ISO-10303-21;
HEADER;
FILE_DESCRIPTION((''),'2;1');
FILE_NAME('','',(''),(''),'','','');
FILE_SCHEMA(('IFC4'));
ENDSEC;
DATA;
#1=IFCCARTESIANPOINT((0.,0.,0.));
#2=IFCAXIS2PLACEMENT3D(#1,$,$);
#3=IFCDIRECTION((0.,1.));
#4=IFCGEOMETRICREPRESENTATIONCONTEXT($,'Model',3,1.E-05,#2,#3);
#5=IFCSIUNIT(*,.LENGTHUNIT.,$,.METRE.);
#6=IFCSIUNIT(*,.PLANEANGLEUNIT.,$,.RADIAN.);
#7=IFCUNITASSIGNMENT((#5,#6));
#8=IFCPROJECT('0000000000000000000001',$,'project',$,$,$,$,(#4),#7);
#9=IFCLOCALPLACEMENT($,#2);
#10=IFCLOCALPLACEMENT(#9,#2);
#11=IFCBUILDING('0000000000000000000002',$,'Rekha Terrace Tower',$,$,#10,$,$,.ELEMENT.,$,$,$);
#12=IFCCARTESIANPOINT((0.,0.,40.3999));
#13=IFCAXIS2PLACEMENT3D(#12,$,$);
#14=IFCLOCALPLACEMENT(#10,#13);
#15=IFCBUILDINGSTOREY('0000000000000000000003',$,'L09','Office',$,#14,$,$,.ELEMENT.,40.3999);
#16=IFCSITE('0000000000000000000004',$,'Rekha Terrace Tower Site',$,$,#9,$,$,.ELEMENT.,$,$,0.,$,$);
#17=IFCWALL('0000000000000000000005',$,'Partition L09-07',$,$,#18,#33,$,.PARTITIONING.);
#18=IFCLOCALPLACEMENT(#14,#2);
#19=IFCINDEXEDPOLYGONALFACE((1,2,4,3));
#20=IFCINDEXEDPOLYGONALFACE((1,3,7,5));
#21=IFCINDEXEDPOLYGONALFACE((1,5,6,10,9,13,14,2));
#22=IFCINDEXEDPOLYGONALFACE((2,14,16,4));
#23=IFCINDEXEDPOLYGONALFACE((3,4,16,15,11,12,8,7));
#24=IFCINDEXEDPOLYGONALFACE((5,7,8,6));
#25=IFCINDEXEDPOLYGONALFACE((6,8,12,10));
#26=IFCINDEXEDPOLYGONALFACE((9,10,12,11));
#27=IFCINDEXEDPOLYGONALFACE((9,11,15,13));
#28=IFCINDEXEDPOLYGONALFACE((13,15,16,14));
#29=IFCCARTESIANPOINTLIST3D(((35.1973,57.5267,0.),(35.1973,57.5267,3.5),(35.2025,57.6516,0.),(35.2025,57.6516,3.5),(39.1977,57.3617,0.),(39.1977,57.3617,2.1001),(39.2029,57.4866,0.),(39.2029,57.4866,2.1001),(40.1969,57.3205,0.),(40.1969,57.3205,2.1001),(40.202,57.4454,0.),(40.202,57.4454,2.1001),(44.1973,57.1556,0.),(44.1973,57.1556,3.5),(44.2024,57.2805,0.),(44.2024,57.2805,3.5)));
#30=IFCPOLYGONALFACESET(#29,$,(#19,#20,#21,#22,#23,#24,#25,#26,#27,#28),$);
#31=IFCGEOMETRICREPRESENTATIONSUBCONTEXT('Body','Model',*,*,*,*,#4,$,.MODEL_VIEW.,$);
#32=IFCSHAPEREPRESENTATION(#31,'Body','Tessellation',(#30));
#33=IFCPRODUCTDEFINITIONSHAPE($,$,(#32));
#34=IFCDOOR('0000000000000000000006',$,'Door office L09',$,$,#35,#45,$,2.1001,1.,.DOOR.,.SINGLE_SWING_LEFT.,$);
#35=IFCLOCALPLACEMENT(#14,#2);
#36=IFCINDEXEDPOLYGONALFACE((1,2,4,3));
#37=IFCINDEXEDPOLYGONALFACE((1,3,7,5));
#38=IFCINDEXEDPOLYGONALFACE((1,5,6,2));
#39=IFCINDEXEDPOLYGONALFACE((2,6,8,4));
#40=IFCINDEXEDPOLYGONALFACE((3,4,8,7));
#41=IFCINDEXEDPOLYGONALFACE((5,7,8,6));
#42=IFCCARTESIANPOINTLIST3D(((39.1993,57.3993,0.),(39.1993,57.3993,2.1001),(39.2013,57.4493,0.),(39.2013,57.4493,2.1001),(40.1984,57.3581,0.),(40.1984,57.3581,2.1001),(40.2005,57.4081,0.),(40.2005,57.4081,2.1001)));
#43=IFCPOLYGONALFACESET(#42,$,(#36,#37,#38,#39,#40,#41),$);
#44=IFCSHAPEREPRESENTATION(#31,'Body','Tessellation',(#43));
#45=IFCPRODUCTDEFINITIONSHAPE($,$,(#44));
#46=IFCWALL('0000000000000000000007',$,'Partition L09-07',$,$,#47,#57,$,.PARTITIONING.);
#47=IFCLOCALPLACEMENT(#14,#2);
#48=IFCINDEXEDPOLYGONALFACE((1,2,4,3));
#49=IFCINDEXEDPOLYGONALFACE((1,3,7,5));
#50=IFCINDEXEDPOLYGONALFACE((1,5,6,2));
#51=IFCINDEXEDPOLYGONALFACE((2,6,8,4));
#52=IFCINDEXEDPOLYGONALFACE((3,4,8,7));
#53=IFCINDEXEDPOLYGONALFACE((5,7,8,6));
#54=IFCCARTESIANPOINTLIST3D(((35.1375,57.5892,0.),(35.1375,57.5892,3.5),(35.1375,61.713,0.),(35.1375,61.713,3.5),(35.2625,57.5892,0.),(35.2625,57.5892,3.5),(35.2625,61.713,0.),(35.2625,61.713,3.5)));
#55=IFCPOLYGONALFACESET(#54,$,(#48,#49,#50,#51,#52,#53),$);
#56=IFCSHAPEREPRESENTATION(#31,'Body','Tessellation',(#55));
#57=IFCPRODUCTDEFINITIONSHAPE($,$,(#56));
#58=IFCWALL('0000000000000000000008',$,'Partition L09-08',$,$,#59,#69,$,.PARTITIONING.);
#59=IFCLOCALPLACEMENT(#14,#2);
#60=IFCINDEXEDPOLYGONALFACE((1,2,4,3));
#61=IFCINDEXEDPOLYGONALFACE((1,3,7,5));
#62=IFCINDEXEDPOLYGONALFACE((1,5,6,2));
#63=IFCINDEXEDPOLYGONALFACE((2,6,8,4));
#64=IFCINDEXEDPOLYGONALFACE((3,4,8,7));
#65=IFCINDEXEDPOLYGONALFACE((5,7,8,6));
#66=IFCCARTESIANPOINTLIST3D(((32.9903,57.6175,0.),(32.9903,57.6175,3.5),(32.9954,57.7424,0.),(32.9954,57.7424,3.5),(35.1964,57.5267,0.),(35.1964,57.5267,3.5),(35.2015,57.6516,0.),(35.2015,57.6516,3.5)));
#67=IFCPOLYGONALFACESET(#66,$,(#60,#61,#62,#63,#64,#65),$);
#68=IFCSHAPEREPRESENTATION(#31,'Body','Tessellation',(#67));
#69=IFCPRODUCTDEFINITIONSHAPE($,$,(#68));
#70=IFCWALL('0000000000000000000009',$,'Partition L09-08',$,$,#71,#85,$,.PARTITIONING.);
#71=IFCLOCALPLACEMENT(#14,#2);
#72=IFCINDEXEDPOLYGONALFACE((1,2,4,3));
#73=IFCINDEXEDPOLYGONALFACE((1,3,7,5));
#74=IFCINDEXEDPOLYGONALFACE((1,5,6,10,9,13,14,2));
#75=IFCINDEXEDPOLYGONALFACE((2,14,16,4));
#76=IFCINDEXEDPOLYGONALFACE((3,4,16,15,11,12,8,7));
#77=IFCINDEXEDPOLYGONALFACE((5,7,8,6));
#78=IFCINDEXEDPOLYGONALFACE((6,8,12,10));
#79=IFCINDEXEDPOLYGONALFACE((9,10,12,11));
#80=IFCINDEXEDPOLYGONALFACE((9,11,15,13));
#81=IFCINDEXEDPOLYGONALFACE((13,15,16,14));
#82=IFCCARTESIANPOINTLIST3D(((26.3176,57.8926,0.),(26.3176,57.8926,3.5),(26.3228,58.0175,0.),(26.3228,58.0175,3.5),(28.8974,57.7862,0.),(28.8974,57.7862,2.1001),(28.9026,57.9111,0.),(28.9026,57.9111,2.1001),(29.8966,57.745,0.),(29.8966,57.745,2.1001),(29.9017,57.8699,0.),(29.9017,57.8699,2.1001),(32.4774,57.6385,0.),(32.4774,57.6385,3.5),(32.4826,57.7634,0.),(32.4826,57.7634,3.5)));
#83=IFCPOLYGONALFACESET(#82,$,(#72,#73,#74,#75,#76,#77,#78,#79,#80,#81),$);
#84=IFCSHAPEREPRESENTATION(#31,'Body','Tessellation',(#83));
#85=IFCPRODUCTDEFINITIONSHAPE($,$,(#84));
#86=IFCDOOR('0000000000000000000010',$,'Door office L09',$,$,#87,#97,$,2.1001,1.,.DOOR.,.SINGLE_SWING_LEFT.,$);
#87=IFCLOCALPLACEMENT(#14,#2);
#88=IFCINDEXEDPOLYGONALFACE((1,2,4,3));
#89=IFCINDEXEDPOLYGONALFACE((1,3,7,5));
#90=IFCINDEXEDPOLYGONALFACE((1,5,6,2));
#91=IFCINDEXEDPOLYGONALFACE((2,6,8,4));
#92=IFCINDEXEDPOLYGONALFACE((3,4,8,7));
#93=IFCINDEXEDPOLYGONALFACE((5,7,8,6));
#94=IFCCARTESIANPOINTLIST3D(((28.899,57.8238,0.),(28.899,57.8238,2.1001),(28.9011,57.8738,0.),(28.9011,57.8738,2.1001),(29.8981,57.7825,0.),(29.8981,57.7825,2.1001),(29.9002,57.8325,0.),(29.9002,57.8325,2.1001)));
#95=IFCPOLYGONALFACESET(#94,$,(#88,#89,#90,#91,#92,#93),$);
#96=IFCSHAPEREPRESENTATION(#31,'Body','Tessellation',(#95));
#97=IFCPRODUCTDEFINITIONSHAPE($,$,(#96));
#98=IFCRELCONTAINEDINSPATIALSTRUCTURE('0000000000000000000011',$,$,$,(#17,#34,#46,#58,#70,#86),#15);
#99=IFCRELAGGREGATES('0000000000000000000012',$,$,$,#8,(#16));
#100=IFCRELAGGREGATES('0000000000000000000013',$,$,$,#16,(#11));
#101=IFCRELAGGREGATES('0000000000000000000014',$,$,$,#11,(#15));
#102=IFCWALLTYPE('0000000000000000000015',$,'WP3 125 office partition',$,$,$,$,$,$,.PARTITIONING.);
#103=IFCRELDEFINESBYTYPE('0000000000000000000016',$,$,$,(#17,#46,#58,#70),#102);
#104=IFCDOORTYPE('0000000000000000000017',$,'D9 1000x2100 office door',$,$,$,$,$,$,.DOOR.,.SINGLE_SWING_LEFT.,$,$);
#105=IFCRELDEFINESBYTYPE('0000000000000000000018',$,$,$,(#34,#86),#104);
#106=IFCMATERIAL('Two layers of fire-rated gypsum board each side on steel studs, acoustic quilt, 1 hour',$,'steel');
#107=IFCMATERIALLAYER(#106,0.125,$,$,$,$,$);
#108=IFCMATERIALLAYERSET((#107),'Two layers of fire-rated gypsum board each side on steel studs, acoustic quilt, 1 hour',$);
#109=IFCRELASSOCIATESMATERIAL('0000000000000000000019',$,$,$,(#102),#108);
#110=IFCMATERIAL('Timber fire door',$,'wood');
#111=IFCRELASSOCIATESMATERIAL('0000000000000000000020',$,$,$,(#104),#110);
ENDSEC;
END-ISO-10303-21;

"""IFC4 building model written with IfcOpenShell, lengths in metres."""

from ifc_helpers import new_model, si_unit, direction, frame, frame_2d, origin, place, context, subcontext, project, spatial, rectangle, extrude, material, layer, layer_set, type_object, element, fill, save


model = new_model("IFC4")

# Units and contexts
model_context = context("Model", 3, precision=1e-05, world=origin(), true_north=direction((0.0, 1.0)))
body_context = subcontext(model_context, "Body", "Model", "MODEL_VIEW")
ifc_project = project(units=[si_unit("LENGTHUNIT", "METRE"), si_unit("PLANEANGLEUNIT", "RADIAN")], contexts=[model_context])

# Site, building, storey
site_placement = place(None, origin())
site = spatial("IfcSite", under=ifc_project, at=site_placement, Name="Rekha Terrace Tower Site", CompositionType="ELEMENT", RefElevation=0.0)
building_placement = place(site_placement, origin())
building = spatial("IfcBuilding", under=site, at=building_placement, Name="Rekha Terrace Tower", CompositionType="ELEMENT")
storey_placement = place(building_placement, frame((0.0, 0.0, 40.3999)))
storey = spatial("IfcBuildingStorey", under=building, at=storey_placement, Name="L09", Description="Office", CompositionType="ELEMENT", Elevation=40.3999)

# Wall, opening, door
ifc_material_1 = material(Name="Two layers of fire-rated gypsum board each side on steel studs, acoustic quilt, 1 hour", Category="steel")
ifc_layer_1 = layer(ifc_material_1, 0.125)
ifc_layer_set_1 = layer_set([ifc_layer_1], Name="Two layers of fire-rated gypsum board each side on steel studs, acoustic quilt, 1 hour")
wall_type_1 = type_object("IfcWallType", Name="WP3 125 office partition", PredefinedType="PARTITIONING", material=ifc_layer_set_1)
wall_1_placement = place(storey_placement, frame((44.2, 57.218, 0.0), z_axis=(0.0, 0.0, 1.0), x_axis=(-0.999151, 0.041198, 0.0)))
wall_1 = element("IfcWall", 1, at=wall_1_placement, inside=storey, type_object=wall_type_1, Name="Partition L09-07", PredefinedType="PARTITIONING", context=body_context, shape_type="SweptSolid", body=[
    extrude(rectangle(XDim=9.0076, YDim=0.125, at=frame_2d((4.5039, 0.0))), origin(), (0.0, 0.0, 1.0), 3.5),
])
opening_1_placement = place(wall_1_placement, frame((4.0039, 0.0, 0.0)))
opening_1 = element("IfcOpeningElement", 2, at=opening_1_placement, cuts=wall_1, PredefinedType="OPENING", context=body_context, shape_type="SweptSolid", body=[
    extrude(rectangle(XDim=1.0, YDim=2.1001, at=frame_2d((0.5, 1.05))), frame((0.0, 0.0725, 0.0), z_axis=(0.0, -1.0, 0.0), x_axis=(1.0, 0.0, 0.0)), (0.0, 0.0, 1.0), 0.145),
])
ifc_material_2 = material(Name="Timber fire door", Category="wood")
door_type_1 = type_object("IfcDoorType", Name="D9 1000x2100 office door", OperationType="SINGLE_SWING_LEFT", PredefinedType="DOOR", material=ifc_material_2)
door_1_placement = place(opening_1_placement, origin())
door_1 = element("IfcDoor", 3, at=door_1_placement, inside=storey, type_object=door_type_1, Name="Door office L09", OperationType="SINGLE_SWING_LEFT", OverallHeight=2.1001, OverallWidth=1.0, PredefinedType="DOOR", context=body_context, shape_type="SweptSolid", body=[
    extrude(rectangle(XDim=1.0, YDim=2.1001, at=frame_2d((0.5, 1.05))), frame((0.0, 0.0249, 0.0), z_axis=(0.0, -1.0, 0.0), x_axis=(1.0, 0.0, 0.0)), (0.0, 0.0, 1.0), 0.05),
])
fill(opening_1, door_1)

# Walls
wall_2_placement = place(storey_placement, frame((35.2, 57.5891, 0.0), z_axis=(0.0, 0.0, 1.0), x_axis=(0.0, 1.0, 0.0)))
element("IfcWall", 4, at=wall_2_placement, inside=storey, type_object=wall_type_1, Name="Partition L09-07", PredefinedType="PARTITIONING", context=body_context, shape_type="SweptSolid", body=[
    extrude(rectangle(XDim=4.1238, YDim=0.125, at=frame_2d((2.062, 0.0))), origin(), (0.0, 0.0, 1.0), 3.5),
])
wall_3_placement = place(storey_placement, frame((35.199, 57.5891, 0.0), z_axis=(0.0, 0.0, 1.0), x_axis=(-0.999154, 0.041134, 0.0)))
element("IfcWall", 5, at=wall_3_placement, inside=storey, type_object=wall_type_1, Name="Partition L09-08", PredefinedType="PARTITIONING", context=body_context, shape_type="SweptSolid", body=[
    extrude(rectangle(XDim=2.208, YDim=0.125, at=frame_2d((1.104, 0.0))), origin(), (0.0, 0.0, 1.0), 3.5),
])

# Wall, opening, door
wall_4_placement = place(storey_placement, frame((32.48, 57.7009, 0.0), z_axis=(0.0, 0.0, 1.0), x_axis=(-0.99915, 0.041224, 0.0)))
wall_4 = element("IfcWall", 6, at=wall_4_placement, inside=storey, type_object=wall_type_1, Name="Partition L09-08", PredefinedType="PARTITIONING", context=body_context, shape_type="SweptSolid", body=[
    extrude(rectangle(XDim=6.165, YDim=0.125, at=frame_2d((3.0825, 0.0))), origin(), (0.0, 0.0, 1.0), 3.5),
])
opening_2_placement = place(wall_4_placement, frame((2.583, 0.0, 0.0)))
opening_2 = element("IfcOpeningElement", 7, at=opening_2_placement, cuts=wall_4, PredefinedType="OPENING", context=body_context, shape_type="SweptSolid", body=[
    extrude(rectangle(XDim=1.0, YDim=2.1001, at=frame_2d((0.5, 1.05))), frame((0.0, 0.0725, 0.0), z_axis=(0.0, -1.0, 0.0), x_axis=(1.0, 0.0, 0.0)), (0.0, 0.0, 1.0), 0.145),
])
door_2_placement = place(opening_2_placement, origin())
door_2 = element("IfcDoor", 8, at=door_2_placement, inside=storey, type_object=door_type_1, Name="Door office L09", OperationType="SINGLE_SWING_LEFT", OverallHeight=2.1001, OverallWidth=1.0, PredefinedType="DOOR", context=body_context, shape_type="SweptSolid", body=[
    extrude(rectangle(XDim=1.0, YDim=2.1001, at=frame_2d((0.5, 1.05))), frame((0.0, 0.0249, 0.0), z_axis=(0.0, -1.0, 0.0), x_axis=(1.0, 0.0, 0.0)), (0.0, 0.0, 1.0), 0.05),
])
fill(opening_2, door_2)

save(model, "model.ifc")
